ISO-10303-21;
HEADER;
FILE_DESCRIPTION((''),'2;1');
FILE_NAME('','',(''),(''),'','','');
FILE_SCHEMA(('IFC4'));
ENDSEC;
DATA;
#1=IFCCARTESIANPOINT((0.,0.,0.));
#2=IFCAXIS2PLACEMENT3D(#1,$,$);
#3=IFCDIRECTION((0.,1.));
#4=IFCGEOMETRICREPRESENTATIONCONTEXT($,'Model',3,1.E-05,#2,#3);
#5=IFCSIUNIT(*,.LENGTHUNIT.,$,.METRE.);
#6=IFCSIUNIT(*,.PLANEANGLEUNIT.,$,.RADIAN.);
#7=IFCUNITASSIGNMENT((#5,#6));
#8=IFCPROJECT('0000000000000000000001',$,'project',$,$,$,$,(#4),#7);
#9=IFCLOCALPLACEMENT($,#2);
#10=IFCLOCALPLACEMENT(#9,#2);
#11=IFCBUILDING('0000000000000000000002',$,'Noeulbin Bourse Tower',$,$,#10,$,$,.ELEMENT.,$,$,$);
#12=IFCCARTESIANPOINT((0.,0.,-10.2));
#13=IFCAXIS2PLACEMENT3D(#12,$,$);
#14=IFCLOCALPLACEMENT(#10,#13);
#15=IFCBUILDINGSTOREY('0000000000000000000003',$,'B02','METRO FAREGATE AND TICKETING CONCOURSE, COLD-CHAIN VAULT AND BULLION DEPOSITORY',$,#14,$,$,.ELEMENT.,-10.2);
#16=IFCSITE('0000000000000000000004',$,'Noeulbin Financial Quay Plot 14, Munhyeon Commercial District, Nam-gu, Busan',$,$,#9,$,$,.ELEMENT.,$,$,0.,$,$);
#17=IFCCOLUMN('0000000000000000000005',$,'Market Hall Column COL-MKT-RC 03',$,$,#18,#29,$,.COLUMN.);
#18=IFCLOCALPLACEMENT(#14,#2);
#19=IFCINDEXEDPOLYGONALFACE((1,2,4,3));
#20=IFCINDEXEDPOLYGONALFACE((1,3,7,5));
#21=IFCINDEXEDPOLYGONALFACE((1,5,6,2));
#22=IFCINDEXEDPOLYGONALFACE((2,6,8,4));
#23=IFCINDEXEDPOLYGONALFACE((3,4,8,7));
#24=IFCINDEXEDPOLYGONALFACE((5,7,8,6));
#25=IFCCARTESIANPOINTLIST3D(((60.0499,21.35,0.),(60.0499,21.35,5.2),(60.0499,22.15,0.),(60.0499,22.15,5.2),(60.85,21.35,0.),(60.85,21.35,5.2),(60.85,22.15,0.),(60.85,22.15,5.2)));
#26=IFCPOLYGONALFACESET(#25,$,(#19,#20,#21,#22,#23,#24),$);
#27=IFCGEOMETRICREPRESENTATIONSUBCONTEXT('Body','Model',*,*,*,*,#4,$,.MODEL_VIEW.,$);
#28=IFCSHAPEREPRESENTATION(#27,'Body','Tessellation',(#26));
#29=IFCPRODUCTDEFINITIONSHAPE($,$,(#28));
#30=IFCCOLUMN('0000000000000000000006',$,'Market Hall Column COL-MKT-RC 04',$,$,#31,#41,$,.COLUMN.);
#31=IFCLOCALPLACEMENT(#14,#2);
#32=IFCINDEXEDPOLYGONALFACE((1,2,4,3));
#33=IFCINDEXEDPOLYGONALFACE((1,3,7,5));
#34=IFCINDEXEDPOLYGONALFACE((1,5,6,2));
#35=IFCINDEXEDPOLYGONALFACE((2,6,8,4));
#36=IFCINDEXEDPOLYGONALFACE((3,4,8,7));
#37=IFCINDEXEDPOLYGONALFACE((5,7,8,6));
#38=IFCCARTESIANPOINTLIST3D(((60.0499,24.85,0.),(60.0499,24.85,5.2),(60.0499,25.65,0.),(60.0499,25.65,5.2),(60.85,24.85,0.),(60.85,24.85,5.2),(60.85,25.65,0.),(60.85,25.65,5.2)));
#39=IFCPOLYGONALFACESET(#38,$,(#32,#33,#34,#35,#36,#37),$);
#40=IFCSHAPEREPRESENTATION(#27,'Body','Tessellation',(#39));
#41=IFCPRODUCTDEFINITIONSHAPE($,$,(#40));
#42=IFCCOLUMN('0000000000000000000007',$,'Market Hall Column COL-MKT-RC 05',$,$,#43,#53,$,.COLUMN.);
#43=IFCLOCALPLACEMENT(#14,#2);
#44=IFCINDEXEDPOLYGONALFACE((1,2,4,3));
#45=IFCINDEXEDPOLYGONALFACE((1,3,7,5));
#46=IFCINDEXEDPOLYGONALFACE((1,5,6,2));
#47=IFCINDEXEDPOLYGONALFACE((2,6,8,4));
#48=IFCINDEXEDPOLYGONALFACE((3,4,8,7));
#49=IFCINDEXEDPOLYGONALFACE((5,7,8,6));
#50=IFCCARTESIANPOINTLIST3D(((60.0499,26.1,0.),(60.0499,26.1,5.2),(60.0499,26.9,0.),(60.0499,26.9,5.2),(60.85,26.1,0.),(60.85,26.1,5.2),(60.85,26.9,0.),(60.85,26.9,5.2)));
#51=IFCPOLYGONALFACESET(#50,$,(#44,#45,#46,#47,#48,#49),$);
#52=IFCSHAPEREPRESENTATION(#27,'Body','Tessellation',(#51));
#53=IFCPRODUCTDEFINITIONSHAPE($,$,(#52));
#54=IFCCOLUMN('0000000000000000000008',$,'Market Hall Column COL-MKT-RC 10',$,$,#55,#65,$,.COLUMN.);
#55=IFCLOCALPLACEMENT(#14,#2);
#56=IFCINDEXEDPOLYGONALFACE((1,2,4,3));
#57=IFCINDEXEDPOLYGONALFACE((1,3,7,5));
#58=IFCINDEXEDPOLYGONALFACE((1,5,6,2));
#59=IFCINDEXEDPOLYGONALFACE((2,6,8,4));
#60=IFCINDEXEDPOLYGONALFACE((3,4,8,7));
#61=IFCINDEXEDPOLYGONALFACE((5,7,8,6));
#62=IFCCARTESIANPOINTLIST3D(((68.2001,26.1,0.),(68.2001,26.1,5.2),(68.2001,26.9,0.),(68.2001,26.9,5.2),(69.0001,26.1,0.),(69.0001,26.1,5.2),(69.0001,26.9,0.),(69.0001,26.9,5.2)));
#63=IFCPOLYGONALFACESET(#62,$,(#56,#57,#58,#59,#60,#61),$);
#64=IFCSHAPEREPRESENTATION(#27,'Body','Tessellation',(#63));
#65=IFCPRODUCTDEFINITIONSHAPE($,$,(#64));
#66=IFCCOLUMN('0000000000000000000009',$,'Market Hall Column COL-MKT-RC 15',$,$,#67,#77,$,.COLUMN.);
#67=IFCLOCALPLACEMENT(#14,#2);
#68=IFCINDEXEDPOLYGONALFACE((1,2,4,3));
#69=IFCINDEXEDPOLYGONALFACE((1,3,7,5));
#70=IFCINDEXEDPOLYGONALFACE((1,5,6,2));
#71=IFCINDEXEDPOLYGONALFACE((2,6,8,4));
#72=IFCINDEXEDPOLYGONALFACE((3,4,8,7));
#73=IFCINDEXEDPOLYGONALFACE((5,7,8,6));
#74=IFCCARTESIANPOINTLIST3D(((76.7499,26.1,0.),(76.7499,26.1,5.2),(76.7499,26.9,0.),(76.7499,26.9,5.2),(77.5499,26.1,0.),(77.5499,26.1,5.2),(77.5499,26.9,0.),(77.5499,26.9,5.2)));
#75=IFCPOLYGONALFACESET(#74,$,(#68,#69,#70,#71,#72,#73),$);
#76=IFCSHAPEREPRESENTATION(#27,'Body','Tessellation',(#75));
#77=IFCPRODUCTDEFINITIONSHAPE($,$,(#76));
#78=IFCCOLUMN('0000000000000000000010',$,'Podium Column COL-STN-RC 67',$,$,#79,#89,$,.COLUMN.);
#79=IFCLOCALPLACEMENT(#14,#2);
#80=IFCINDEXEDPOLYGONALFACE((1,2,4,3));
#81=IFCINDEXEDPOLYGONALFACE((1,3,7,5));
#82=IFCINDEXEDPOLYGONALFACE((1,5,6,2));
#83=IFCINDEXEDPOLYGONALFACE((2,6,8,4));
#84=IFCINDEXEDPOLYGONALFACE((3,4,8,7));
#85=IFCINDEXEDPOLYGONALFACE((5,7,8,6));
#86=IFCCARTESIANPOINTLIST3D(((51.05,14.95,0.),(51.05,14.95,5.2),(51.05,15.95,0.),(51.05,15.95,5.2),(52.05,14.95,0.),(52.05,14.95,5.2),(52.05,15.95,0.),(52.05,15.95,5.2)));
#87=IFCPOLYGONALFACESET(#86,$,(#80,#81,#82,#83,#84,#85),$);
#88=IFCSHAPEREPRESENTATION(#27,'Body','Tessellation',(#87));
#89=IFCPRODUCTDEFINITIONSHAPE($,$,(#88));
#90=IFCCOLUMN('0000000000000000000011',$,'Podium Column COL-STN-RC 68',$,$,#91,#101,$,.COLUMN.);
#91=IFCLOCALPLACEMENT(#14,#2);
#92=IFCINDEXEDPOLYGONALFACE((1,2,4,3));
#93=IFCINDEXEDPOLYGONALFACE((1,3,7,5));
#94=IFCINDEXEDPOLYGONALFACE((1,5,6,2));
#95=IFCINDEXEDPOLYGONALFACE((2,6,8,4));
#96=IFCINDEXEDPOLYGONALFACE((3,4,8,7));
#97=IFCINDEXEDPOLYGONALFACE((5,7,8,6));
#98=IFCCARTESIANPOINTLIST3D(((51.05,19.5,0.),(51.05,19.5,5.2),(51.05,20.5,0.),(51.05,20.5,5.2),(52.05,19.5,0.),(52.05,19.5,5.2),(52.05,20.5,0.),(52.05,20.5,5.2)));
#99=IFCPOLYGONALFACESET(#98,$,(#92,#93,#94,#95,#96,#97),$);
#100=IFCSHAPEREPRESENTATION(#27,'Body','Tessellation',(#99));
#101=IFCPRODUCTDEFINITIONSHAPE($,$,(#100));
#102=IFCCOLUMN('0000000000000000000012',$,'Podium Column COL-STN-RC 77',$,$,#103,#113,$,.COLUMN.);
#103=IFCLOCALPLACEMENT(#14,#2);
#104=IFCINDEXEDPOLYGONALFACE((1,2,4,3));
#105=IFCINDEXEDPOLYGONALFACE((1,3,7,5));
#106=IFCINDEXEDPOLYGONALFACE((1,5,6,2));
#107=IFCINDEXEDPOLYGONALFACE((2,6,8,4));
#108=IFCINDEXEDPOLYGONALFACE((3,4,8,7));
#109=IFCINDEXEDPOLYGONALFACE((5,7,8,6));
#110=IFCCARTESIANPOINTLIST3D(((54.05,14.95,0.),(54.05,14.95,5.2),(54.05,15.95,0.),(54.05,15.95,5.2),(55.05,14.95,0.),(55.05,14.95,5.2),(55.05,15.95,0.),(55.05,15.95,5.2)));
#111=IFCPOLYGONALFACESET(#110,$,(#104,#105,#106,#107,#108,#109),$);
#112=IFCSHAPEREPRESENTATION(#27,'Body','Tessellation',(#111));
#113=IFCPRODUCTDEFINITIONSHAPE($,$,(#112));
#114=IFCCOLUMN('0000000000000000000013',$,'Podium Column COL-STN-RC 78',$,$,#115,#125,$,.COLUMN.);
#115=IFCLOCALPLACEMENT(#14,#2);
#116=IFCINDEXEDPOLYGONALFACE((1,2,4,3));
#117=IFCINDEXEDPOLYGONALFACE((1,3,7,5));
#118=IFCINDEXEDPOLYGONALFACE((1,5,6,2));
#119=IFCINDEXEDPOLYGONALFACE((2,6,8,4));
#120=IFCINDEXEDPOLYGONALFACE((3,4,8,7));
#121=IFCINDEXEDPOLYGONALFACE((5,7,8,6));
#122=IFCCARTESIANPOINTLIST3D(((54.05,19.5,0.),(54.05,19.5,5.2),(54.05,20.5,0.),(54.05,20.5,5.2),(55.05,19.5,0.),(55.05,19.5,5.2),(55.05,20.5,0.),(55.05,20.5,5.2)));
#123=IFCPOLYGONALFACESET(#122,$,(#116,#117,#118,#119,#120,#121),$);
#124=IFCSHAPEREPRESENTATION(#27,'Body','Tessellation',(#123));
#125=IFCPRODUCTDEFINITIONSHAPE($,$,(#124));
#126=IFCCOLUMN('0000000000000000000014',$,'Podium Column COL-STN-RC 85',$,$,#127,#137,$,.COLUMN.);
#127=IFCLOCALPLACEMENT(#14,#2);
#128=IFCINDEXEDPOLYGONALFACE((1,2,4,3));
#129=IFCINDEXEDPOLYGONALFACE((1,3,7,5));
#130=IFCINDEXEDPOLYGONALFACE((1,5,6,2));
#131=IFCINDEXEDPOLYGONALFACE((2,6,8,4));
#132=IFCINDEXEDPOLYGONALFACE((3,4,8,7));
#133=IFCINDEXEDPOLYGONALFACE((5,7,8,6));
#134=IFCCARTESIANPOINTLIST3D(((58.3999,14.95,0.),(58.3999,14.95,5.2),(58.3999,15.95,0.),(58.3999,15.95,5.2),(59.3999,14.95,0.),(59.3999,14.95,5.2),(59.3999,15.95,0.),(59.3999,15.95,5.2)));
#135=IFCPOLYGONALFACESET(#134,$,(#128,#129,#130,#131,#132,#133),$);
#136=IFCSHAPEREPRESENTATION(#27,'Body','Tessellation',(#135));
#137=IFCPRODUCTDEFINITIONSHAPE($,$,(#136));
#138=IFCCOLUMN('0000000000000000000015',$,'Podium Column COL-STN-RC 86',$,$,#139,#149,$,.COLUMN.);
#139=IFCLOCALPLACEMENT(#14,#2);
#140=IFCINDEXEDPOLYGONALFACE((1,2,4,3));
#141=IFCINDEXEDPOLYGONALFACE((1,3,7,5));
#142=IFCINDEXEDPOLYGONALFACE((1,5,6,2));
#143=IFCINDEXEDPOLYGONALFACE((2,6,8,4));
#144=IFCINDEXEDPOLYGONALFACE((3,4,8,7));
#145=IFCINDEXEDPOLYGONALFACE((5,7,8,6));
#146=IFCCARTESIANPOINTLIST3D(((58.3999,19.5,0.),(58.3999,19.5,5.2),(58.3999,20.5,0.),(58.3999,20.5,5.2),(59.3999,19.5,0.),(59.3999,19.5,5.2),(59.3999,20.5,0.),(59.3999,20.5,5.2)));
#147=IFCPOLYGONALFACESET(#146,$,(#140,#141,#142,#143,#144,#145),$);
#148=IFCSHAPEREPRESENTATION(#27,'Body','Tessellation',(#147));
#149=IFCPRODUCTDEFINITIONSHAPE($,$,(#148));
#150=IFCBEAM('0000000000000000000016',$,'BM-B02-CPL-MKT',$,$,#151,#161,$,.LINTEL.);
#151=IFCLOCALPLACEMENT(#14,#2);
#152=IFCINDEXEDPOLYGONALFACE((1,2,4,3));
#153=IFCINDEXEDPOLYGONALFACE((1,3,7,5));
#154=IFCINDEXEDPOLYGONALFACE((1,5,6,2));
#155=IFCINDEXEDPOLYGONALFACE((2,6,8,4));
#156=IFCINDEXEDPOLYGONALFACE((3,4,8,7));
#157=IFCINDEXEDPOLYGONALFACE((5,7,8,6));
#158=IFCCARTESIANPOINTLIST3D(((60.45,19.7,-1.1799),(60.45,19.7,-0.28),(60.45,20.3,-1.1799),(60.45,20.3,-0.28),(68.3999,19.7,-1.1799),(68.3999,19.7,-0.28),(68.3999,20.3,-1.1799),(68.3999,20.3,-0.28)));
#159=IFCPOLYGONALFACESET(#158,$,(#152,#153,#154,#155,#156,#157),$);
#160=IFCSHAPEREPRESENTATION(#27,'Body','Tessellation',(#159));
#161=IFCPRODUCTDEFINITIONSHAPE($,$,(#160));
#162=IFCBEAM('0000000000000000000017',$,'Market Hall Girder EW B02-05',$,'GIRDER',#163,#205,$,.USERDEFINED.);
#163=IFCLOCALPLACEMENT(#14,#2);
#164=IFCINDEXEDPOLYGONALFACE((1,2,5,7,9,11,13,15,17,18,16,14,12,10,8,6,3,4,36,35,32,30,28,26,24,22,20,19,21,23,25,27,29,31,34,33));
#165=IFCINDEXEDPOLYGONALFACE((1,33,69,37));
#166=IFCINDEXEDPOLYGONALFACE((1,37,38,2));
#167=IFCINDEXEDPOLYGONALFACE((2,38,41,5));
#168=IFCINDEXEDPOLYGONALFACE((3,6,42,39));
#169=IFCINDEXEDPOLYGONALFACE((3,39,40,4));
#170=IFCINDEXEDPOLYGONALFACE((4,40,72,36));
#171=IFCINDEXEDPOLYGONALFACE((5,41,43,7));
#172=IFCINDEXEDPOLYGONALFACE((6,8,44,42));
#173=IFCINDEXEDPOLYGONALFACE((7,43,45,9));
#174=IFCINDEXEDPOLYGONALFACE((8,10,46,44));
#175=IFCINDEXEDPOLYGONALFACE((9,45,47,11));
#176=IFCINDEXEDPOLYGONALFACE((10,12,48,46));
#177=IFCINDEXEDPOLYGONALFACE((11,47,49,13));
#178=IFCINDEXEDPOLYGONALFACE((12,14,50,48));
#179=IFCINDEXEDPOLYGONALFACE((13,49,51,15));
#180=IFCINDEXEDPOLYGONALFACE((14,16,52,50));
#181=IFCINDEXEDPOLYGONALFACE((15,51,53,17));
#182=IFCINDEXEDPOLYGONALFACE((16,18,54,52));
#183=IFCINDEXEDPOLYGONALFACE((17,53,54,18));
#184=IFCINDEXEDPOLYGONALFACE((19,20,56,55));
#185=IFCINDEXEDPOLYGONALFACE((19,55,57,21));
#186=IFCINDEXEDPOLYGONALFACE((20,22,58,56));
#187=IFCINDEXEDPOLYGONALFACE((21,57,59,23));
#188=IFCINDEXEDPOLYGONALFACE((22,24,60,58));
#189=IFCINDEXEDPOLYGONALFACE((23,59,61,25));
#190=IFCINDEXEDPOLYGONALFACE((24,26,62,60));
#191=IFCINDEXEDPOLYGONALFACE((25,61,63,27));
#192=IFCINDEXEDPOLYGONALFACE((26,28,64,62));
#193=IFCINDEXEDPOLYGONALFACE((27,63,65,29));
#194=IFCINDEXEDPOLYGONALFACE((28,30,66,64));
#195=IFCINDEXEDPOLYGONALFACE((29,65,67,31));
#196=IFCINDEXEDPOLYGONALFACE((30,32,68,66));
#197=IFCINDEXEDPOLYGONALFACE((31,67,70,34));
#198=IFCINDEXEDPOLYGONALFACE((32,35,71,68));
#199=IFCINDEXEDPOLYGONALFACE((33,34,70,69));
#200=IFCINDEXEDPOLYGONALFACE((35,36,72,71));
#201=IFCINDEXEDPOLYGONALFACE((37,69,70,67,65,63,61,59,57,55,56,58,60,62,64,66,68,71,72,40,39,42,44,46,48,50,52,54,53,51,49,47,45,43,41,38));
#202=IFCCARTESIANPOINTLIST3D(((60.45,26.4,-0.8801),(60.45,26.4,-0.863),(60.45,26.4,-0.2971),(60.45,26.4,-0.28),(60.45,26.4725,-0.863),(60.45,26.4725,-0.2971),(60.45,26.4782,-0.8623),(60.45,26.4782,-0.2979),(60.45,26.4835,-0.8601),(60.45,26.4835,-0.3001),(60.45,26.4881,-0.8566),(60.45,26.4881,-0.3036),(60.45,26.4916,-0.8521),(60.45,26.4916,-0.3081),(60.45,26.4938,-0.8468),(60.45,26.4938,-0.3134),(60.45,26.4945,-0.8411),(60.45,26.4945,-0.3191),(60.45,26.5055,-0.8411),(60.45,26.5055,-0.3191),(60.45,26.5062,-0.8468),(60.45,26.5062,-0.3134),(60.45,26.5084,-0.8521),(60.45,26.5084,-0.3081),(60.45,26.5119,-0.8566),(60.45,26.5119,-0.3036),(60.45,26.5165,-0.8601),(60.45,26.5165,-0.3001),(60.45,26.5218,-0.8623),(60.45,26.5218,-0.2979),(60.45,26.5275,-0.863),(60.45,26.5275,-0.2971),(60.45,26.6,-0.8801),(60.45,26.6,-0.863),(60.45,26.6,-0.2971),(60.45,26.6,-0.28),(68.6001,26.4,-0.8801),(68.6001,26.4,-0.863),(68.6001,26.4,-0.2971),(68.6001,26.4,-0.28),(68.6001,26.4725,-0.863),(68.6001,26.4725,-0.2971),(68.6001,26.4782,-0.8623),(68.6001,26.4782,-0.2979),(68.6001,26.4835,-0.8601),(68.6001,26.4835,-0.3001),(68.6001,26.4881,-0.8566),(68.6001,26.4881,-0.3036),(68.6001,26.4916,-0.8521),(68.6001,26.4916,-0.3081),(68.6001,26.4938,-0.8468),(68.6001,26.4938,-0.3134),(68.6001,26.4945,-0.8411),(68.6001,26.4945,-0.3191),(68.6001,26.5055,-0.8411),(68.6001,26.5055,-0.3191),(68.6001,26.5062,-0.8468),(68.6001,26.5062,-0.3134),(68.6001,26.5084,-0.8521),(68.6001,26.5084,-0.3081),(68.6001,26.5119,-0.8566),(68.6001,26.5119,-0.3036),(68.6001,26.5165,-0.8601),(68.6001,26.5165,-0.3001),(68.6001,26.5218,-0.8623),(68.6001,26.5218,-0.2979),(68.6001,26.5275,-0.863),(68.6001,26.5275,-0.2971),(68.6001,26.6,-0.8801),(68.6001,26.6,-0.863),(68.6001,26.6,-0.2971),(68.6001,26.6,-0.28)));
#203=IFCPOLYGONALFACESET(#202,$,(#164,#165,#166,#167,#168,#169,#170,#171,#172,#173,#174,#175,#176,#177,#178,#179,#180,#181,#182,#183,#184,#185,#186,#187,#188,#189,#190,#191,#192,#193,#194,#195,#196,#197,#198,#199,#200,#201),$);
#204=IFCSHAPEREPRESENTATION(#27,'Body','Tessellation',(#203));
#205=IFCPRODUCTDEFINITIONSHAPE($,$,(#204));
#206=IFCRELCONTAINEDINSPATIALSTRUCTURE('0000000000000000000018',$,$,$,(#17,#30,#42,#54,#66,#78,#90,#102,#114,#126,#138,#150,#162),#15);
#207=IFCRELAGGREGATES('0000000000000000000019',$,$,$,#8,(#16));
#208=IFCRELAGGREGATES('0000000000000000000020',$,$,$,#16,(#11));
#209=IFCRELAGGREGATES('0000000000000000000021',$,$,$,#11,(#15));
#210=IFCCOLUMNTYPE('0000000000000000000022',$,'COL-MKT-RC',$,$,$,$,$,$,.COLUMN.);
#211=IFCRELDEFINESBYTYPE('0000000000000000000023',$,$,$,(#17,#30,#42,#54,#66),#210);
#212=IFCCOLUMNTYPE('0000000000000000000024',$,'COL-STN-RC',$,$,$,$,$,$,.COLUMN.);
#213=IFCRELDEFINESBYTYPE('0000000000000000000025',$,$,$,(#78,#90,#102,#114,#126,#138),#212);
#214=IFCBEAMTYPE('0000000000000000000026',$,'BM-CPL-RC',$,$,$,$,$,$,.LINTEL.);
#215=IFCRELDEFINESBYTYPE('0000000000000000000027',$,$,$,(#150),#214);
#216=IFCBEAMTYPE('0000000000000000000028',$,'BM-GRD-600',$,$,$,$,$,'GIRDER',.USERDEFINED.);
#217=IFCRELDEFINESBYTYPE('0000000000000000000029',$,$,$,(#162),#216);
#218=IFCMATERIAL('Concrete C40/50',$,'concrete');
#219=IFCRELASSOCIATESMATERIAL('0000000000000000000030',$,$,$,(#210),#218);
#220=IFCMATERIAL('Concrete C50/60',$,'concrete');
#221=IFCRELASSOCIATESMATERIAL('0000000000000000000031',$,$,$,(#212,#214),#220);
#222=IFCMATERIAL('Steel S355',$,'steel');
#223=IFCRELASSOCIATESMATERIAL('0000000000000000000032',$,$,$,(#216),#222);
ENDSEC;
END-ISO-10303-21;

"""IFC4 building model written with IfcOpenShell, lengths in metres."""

from ifc_helpers import new_model, si_unit, direction, frame, origin, origin_2d, place, context, subcontext, project, spatial, rectangle, i_section, extrude, material, material_profile, profile_set, type_object, element, save


model = new_model("IFC4")

# Units and contexts
model_context = context("Model", 3, precision=1e-05, world=origin(), true_north=direction((0.0, 1.0)))
body_context = subcontext(model_context, "Body", "Model", "MODEL_VIEW")
ifc_project = project(units=[si_unit("LENGTHUNIT", "METRE"), si_unit("PLANEANGLEUNIT", "RADIAN")], contexts=[model_context])

# Site, building, storey
site_placement = place(None, origin())
site = spatial("IfcSite", under=ifc_project, at=site_placement, Name="Noeulbin Financial Quay Plot 14, Munhyeon Commercial District, Nam-gu, Busan", CompositionType="ELEMENT", RefElevation=0.0)
building_placement = place(site_placement, origin())
building = spatial("IfcBuilding", under=site, at=building_placement, Name="Noeulbin Bourse Tower", CompositionType="ELEMENT")
storey_placement = place(building_placement, frame((0.0, 0.0, -10.2)))
storey = spatial("IfcBuildingStorey", under=building, at=storey_placement, Name="B02", Description="METRO FAREGATE AND TICKETING CONCOURSE, COLD-CHAIN VAULT AND BULLION DEPOSITORY", CompositionType="ELEMENT", Elevation=-10.2)

# Columns
ifc_material_1 = material(Name="Concrete C40/50", Category="concrete")
ifc_material_profile_1 = material_profile(ifc_material_1, rectangle(XDim=0.8, YDim=0.8, at=origin_2d()), Name="RC-COL-800x800", Category="LoadBearing")
ifc_profile_set_1 = profile_set([ifc_material_profile_1], Name="Concrete C40/50")
column_type_1 = type_object("IfcColumnType", Name="COL-MKT-RC", PredefinedType="COLUMN", material=ifc_profile_set_1)
for number, where, z_axis, x_axis, name in (
    (1, (60.45, 21.75, 0.0), (0.0, 0.0, 1.0), (1.0, 0.0, 0.0), "Market Hall Column COL-MKT-RC 03"),
    (2, (60.45, 25.25, 0.0), (0.0, 0.0, 1.0), (1.0, 0.0, 0.0), "Market Hall Column COL-MKT-RC 04"),
    (3, (60.45, 26.5, 0.0), (0.0, 0.0, 1.0), (1.0, 0.0, 0.0), "Market Hall Column COL-MKT-RC 05"),
    (4, (68.6001, 26.5, 0.0), (0.0, 0.0, 1.0), (1.0, 0.0, 0.0), "Market Hall Column COL-MKT-RC 10"),
    (5, (77.1499, 26.5, 0.0), (0.0, 0.0, 1.0), (1.0, 0.0, 0.0), "Market Hall Column COL-MKT-RC 15"),
):
    element("IfcColumn", number, at=place(storey_placement, frame(where, z_axis=z_axis, x_axis=x_axis)), inside=storey, type_object=column_type_1, Name=name, PredefinedType="COLUMN", context=body_context, shape_type="SweptSolid", body=[
        extrude(rectangle(XDim=0.8, YDim=0.8, at=origin_2d()), origin(), (0.0, 0.0, 1.0), 5.2),
    ])
ifc_material_2 = material(Name="Concrete C50/60", Category="concrete")
ifc_material_profile_2 = material_profile(ifc_material_2, rectangle(XDim=1.0, YDim=1.0, at=origin_2d()), Name="RC-COL-1000x1000", Category="LoadBearing")
ifc_profile_set_2 = profile_set([ifc_material_profile_2], Name="Concrete C50/60")
column_type_2 = type_object("IfcColumnType", Name="COL-STN-RC", PredefinedType="COLUMN", material=ifc_profile_set_2)
for number, where, z_axis, x_axis, name in (
    (6, (51.55, 15.45, 0.0), (0.0, 0.0, 1.0), (1.0, 0.0, 0.0), "Podium Column COL-STN-RC 67"),
    (7, (51.55, 20.0, 0.0), (0.0, 0.0, 1.0), (1.0, 0.0, 0.0), "Podium Column COL-STN-RC 68"),
    (8, (54.55, 15.45, 0.0), (0.0, 0.0, 1.0), (1.0, 0.0, 0.0), "Podium Column COL-STN-RC 77"),
    (9, (54.55, 20.0, 0.0), (0.0, 0.0, 1.0), (1.0, 0.0, 0.0), "Podium Column COL-STN-RC 78"),
    (10, (58.8999, 15.45, 0.0), (0.0, 0.0, 1.0), (1.0, 0.0, 0.0), "Podium Column COL-STN-RC 85"),
    (11, (58.8999, 20.0, 0.0), (0.0, 0.0, 1.0), (1.0, 0.0, 0.0), "Podium Column COL-STN-RC 86"),
):
    element("IfcColumn", number, at=place(storey_placement, frame(where, z_axis=z_axis, x_axis=x_axis)), inside=storey, type_object=column_type_2, Name=name, PredefinedType="COLUMN", context=body_context, shape_type="SweptSolid", body=[
        extrude(rectangle(XDim=1.0, YDim=1.0, at=origin_2d()), origin(), (0.0, 0.0, 1.0), 5.2),
    ])

# Beams
ifc_material_profile_3 = material_profile(ifc_material_2, rectangle(XDim=0.6001, YDim=0.8999, at=origin_2d()), Name="RC-BM-600x900", Category="LoadBearing")
ifc_profile_set_3 = profile_set([ifc_material_profile_3], Name="Concrete C50/60")
beam_type_1 = type_object("IfcBeamType", Name="BM-CPL-RC", PredefinedType="LINTEL", material=ifc_profile_set_3)
beam_1_placement = place(storey_placement, frame((60.45, 20.0, -0.73), z_axis=(1.0, 0.0, 0.0), x_axis=(0.0, 1.0, 0.0)))
element("IfcBeam", 12, at=beam_1_placement, inside=storey, type_object=beam_type_1, Name="BM-B02-CPL-MKT", PredefinedType="LINTEL", context=body_context, shape_type="SweptSolid", body=[
    extrude(rectangle(XDim=0.6001, YDim=0.8999, at=origin_2d()), origin(), (0.0, 0.0, 1.0), 7.95),
])
ifc_material_3 = material(Name="Steel S355", Category="steel")
ifc_material_profile_4 = material_profile(ifc_material_3, i_section(OverallWidth=0.2, OverallDepth=0.6001, WebThickness=0.011, FlangeThickness=0.0171, FilletRadius=0.022, at=origin_2d()), Name="H-600x200x11x17", Category="LoadBearing")
ifc_profile_set_4 = profile_set([ifc_material_profile_4], Name="Steel S355")
beam_type_2 = type_object("IfcBeamType", Name="BM-GRD-600", ElementType="GIRDER", PredefinedType="USERDEFINED", material=ifc_profile_set_4)
beam_2_placement = place(storey_placement, frame((60.45, 26.5, -0.5801), z_axis=(1.0, 0.0, 0.0), x_axis=(0.0, 1.0, 0.0)))
element("IfcBeam", 13, at=beam_2_placement, inside=storey, type_object=beam_type_2, Name="Market Hall Girder EW B02-05", ObjectType="GIRDER", PredefinedType="USERDEFINED", context=body_context, shape_type="SweptSolid", body=[
    extrude(i_section(OverallWidth=0.2, OverallDepth=0.6001, WebThickness=0.011, FlangeThickness=0.0171, FilletRadius=0.022, at=origin_2d()), origin(), (0.0, 0.0, 1.0), 8.1501),
])

save(model, "model.ifc")
